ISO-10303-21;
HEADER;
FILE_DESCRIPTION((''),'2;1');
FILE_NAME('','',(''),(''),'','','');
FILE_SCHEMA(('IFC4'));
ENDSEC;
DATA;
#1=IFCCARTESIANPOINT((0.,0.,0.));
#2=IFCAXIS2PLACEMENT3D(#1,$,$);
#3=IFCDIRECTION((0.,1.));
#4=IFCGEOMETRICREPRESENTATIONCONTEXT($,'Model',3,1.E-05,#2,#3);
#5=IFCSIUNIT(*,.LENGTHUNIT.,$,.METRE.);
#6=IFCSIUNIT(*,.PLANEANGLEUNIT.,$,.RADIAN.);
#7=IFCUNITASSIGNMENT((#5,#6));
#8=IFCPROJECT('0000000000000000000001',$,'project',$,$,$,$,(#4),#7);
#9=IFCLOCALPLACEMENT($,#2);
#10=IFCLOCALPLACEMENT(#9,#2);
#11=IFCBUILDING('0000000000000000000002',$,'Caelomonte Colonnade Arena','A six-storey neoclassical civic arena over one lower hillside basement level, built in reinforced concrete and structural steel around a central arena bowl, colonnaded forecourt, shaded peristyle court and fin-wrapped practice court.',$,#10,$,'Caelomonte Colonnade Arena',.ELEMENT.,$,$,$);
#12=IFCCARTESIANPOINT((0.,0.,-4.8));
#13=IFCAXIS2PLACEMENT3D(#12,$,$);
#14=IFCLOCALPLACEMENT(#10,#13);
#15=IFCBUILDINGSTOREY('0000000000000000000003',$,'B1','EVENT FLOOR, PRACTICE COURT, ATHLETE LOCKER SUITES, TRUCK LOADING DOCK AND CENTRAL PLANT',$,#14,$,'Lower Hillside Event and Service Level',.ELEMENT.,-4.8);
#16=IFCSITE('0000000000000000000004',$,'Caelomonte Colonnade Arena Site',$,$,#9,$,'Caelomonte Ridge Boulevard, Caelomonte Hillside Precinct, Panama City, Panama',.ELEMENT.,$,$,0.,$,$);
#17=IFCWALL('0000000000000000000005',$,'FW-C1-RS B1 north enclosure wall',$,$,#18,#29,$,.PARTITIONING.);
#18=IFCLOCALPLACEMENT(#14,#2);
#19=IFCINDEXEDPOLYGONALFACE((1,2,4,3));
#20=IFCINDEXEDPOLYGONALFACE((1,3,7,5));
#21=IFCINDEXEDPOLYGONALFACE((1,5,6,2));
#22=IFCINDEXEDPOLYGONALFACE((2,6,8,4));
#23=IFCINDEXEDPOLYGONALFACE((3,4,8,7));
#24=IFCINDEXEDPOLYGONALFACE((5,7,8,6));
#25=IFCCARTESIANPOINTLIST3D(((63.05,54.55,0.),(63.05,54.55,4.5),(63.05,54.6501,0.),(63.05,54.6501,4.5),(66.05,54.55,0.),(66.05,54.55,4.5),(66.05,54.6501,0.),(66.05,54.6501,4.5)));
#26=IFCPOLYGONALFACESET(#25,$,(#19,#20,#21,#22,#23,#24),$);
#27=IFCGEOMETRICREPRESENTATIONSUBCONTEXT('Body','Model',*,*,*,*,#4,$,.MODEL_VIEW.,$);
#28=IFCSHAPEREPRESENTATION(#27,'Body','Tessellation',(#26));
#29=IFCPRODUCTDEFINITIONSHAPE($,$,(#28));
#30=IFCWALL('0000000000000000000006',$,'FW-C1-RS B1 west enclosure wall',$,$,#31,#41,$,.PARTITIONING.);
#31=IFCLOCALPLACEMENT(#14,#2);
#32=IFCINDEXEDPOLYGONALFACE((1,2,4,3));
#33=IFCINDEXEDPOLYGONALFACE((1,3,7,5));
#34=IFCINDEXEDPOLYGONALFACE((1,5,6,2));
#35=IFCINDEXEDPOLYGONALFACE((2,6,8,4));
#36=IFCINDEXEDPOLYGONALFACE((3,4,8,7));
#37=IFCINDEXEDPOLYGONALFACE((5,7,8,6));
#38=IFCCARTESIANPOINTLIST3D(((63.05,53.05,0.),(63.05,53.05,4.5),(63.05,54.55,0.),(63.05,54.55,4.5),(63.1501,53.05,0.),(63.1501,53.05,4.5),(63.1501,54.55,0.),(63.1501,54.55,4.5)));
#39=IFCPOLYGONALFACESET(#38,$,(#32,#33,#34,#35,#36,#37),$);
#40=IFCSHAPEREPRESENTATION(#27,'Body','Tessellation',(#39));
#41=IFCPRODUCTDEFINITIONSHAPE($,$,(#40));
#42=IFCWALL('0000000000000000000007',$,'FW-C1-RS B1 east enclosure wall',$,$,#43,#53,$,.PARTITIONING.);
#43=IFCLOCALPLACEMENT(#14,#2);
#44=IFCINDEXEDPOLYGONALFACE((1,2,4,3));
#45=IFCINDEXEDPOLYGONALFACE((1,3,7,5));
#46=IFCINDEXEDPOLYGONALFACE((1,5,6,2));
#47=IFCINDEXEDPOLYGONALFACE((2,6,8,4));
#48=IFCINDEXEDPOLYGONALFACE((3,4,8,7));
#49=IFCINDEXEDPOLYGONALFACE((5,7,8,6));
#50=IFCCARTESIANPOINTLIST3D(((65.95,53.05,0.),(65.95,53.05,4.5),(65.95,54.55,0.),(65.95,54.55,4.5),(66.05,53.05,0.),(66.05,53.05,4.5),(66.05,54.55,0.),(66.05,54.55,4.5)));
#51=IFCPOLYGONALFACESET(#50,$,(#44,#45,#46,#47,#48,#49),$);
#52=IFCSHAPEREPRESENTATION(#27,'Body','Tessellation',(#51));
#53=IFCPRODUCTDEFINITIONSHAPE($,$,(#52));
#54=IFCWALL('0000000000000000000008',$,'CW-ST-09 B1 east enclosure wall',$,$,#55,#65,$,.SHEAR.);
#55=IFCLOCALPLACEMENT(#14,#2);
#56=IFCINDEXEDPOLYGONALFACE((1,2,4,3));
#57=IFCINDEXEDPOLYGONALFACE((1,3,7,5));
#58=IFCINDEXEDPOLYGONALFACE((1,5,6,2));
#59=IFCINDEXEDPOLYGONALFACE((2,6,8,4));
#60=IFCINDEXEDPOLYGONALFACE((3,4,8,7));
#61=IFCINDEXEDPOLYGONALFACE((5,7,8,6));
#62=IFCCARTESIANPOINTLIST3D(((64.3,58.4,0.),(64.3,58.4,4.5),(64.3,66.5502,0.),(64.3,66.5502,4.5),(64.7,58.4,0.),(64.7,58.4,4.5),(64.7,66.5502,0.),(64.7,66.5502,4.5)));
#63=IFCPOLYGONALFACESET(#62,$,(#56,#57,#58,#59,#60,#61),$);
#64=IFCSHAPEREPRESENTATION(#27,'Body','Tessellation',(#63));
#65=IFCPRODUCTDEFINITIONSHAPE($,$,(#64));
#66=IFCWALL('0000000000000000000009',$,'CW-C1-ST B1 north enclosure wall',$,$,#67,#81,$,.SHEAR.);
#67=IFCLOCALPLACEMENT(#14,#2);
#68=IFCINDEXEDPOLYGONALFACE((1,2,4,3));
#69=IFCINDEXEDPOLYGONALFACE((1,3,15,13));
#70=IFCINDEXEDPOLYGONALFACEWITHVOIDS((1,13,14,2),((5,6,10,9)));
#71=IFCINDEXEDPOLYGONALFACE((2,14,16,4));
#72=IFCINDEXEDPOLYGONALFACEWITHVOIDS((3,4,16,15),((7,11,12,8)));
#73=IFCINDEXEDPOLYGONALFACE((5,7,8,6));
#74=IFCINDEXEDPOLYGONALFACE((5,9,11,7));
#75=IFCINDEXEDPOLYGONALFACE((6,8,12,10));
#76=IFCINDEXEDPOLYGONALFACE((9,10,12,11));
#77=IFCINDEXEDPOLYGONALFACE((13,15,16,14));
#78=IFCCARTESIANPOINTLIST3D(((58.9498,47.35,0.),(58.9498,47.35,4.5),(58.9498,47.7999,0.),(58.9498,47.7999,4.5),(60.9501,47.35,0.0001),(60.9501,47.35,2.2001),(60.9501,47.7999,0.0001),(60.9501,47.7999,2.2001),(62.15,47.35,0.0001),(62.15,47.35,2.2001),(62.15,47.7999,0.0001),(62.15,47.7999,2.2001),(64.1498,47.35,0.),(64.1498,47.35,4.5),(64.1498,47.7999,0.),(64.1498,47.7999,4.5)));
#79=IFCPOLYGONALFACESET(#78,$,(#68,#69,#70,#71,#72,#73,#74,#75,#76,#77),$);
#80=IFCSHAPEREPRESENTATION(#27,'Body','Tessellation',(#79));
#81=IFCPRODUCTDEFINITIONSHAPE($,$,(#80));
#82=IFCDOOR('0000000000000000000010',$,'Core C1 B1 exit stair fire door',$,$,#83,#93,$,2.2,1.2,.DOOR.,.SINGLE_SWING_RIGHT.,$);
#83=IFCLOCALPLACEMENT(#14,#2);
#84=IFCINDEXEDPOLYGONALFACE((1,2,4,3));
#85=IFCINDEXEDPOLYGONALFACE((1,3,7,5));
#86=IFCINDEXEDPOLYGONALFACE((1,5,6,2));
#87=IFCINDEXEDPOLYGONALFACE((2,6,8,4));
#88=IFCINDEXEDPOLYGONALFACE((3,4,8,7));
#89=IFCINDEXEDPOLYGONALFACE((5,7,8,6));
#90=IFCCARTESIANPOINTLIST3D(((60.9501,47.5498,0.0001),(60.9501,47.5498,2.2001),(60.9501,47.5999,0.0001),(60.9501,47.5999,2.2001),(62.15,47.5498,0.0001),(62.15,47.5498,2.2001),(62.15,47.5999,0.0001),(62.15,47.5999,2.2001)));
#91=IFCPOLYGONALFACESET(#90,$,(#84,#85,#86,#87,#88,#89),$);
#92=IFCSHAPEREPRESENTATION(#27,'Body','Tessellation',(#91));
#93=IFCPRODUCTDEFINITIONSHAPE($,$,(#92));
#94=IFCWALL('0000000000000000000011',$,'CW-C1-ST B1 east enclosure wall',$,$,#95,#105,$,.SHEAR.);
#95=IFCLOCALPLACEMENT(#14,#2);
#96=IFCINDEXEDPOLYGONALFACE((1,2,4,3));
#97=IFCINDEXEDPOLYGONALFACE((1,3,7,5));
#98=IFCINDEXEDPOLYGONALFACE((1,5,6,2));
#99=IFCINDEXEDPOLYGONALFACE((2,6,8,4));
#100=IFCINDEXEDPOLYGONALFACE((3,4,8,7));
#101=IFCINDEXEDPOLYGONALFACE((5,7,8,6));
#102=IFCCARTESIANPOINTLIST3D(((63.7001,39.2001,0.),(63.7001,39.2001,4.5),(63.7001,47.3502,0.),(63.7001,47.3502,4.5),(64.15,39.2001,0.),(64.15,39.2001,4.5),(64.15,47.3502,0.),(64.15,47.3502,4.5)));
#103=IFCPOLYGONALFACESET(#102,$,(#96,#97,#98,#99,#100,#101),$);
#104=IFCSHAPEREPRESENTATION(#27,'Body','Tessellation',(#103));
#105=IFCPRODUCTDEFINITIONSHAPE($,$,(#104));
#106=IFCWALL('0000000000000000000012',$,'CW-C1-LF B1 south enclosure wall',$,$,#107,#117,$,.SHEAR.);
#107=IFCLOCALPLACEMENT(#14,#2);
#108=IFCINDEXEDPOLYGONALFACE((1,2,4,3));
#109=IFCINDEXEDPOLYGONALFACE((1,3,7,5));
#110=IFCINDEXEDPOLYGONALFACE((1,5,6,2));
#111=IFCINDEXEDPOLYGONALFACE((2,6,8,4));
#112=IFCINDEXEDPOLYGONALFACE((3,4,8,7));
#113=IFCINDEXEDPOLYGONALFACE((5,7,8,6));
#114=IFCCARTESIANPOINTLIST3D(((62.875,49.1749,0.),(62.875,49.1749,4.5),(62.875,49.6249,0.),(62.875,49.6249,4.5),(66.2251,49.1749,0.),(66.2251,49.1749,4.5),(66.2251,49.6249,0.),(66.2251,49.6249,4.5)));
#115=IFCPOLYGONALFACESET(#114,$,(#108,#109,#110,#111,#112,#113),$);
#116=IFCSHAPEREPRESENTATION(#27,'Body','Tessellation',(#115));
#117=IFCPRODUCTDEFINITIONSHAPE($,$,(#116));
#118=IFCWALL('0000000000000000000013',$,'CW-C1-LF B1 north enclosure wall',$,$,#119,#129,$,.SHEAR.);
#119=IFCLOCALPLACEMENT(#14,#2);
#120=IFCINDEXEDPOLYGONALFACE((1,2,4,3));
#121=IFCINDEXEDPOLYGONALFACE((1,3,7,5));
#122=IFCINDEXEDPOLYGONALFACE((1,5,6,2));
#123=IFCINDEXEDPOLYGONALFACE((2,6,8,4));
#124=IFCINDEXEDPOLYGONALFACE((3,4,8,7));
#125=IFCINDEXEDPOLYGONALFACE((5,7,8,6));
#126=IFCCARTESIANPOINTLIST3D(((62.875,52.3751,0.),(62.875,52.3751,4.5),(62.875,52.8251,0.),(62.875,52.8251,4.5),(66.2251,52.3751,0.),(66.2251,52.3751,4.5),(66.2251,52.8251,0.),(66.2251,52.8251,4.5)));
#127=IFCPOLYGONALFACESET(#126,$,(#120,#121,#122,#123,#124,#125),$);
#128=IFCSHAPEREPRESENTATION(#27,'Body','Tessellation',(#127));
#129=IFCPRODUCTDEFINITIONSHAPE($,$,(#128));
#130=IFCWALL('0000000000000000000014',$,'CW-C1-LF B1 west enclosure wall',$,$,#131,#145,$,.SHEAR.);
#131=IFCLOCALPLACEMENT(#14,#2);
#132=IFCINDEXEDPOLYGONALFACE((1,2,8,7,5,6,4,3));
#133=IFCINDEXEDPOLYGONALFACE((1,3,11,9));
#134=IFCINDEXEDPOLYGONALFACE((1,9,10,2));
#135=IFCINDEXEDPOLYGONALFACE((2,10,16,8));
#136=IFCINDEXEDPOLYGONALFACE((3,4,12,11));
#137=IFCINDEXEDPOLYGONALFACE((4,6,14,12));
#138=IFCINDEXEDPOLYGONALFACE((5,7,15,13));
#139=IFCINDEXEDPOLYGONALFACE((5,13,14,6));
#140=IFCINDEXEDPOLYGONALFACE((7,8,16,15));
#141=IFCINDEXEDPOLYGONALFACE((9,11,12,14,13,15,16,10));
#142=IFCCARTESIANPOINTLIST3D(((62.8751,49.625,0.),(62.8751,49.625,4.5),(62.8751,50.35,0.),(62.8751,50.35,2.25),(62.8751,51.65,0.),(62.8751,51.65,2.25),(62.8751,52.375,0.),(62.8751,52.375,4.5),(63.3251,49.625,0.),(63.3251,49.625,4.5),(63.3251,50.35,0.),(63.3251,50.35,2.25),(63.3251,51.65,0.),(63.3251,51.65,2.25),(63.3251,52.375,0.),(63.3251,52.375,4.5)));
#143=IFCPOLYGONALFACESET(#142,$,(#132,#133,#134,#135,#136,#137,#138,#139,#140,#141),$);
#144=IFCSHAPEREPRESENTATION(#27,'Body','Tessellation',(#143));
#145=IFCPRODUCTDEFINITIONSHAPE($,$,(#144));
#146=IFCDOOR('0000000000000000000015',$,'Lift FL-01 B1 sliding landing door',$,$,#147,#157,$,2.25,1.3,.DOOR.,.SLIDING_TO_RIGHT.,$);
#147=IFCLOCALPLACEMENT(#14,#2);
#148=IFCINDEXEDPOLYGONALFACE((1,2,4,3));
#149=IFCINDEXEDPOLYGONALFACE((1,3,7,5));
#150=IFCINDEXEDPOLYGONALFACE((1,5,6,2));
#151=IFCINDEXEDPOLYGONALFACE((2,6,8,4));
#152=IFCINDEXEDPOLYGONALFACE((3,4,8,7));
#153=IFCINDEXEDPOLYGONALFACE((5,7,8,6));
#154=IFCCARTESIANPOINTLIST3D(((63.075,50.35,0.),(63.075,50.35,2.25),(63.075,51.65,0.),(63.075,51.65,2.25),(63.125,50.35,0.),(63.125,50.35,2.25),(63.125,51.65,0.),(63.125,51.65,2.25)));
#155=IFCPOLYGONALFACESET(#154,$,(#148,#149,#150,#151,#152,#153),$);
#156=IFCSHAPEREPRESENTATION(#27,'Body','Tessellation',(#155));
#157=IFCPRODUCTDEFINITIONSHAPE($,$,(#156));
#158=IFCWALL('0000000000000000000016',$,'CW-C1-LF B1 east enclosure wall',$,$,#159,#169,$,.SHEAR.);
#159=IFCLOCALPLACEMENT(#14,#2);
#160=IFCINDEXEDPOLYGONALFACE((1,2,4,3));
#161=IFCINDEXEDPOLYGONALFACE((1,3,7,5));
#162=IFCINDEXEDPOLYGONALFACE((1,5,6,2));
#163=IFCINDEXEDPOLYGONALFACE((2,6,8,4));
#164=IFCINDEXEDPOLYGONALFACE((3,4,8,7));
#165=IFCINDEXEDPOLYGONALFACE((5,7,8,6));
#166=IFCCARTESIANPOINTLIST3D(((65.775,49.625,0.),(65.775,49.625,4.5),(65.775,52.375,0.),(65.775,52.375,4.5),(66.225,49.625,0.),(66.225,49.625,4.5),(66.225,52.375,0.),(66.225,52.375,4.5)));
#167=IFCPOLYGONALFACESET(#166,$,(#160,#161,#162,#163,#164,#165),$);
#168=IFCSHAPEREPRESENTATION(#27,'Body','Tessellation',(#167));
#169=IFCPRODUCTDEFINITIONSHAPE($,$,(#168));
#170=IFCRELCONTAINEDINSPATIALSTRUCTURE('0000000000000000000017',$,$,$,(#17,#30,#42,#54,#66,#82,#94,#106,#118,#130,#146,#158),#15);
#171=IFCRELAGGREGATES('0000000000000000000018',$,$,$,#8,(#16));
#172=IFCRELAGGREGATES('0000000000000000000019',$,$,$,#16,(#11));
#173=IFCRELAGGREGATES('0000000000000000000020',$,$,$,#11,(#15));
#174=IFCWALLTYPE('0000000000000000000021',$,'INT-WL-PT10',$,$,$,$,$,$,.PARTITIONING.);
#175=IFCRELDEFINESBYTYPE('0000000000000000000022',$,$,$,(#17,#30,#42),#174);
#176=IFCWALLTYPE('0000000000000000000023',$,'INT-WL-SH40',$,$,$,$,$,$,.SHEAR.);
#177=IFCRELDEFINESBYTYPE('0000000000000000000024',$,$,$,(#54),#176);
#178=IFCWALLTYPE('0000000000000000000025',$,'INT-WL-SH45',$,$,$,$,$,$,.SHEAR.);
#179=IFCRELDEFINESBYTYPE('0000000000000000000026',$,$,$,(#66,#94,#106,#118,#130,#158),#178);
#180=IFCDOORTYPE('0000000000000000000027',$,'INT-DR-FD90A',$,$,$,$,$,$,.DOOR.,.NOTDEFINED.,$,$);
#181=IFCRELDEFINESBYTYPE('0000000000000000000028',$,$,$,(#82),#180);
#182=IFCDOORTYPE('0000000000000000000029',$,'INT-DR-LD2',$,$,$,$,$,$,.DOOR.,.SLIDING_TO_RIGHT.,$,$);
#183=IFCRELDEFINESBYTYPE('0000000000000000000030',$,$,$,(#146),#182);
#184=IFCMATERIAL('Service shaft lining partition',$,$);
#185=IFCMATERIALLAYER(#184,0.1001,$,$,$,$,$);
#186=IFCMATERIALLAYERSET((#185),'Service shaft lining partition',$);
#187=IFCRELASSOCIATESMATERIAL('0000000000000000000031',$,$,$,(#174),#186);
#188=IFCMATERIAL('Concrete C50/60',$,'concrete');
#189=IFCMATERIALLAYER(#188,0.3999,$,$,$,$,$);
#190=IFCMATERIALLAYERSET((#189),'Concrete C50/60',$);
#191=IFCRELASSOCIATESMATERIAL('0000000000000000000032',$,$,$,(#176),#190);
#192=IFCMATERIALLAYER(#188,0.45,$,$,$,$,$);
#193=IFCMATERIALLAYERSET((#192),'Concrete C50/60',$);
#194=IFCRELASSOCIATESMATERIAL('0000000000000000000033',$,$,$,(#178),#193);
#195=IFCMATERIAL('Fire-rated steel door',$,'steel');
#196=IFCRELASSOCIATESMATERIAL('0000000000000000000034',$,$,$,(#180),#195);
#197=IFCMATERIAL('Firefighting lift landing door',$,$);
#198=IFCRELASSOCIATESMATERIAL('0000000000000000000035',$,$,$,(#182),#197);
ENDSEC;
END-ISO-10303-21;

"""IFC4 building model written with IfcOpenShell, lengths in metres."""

from ifc_helpers import new_model, si_unit, direction, frame, frame_2d, origin, place, context, subcontext, project, spatial, rectangle, extrude, material, layer, layer_set, type_object, element, fill, save


model = new_model("IFC4")

# Units and contexts
model_context = context("Model", 3, precision=1e-05, world=origin(), true_north=direction((0.0, 1.0)))
body_context = subcontext(model_context, "Body", "Model", "MODEL_VIEW")
ifc_project = project(units=[si_unit("LENGTHUNIT", "METRE"), si_unit("PLANEANGLEUNIT", "RADIAN")], contexts=[model_context])

# Site, building, storey
site_placement = place(None, origin())
site = spatial("IfcSite", under=ifc_project, at=site_placement, Name="Caelomonte Colonnade Arena Site", LongName="Caelomonte Ridge Boulevard, Caelomonte Hillside Precinct, Panama City, Panama", CompositionType="ELEMENT", RefElevation=0.0)
building_placement = place(site_placement, origin())
building = spatial("IfcBuilding", under=site, at=building_placement, Name="Caelomonte Colonnade Arena", Description="A six-storey neoclassical civic arena over one lower hillside basement level, built in reinforced concrete and structural steel around a central arena bowl, colonnaded forecourt, shaded peristyle court and fin-wrapped practice court.", LongName="Caelomonte Colonnade Arena", CompositionType="ELEMENT")
storey_placement = place(building_placement, frame((0.0, 0.0, -4.8)))
storey = spatial("IfcBuildingStorey", under=building, at=storey_placement, Name="B1", Description="EVENT FLOOR, PRACTICE COURT, ATHLETE LOCKER SUITES, TRUCK LOADING DOCK AND CENTRAL PLANT", LongName="Lower Hillside Event and Service Level", CompositionType="ELEMENT", Elevation=-4.8)

# Shared definitions
ifc_material_1 = material(Name="Concrete C50/60", Category="concrete")

# Walls
ifc_material_2 = material(Name="Service shaft lining partition")
ifc_layer_1 = layer(ifc_material_2, 0.1001)
ifc_layer_set_1 = layer_set([ifc_layer_1], Name="Service shaft lining partition")
wall_type_1 = type_object("IfcWallType", Name="INT-WL-PT10", PredefinedType="PARTITIONING", material=ifc_layer_set_1)
wall_1_placement = place(storey_placement, frame((66.05, 54.6001, 0.0), z_axis=(0.0, 0.0, 1.0), x_axis=(-1.0, 0.0, 0.0)))
element("IfcWall", 1, at=wall_1_placement, inside=storey, type_object=wall_type_1, Name="FW-C1-RS B1 north enclosure wall", PredefinedType="PARTITIONING", context=body_context, shape_type="SweptSolid", body=[
    extrude(rectangle(XDim=3.0, YDim=0.1001, at=frame_2d((1.5, 0.0))), origin(), (0.0, 0.0, 1.0), 4.5),
])
for number, where, z_axis, x_axis, name in (
    (2, (63.1001, 54.55, 0.0), (0.0, 0.0, 1.0), (0.0, -1.0, 0.0), "FW-C1-RS B1 west enclosure wall"),
    (3, (66.0, 53.05, 0.0), (0.0, 0.0, 1.0), (0.0, 1.0, 0.0), "FW-C1-RS B1 east enclosure wall"),
):
    element("IfcWall", number, at=place(storey_placement, frame(where, z_axis=z_axis, x_axis=x_axis)), inside=storey, type_object=wall_type_1, Name=name, PredefinedType="PARTITIONING", context=body_context, shape_type="SweptSolid", body=[
        extrude(rectangle(XDim=1.5, YDim=0.1001, at=frame_2d((0.75, 0.0))), origin(), (0.0, 0.0, 1.0), 4.5),
    ])
ifc_layer_2 = layer(ifc_material_1, 0.3999)
ifc_layer_set_2 = layer_set([ifc_layer_2], Name="Concrete C50/60")
wall_type_2 = type_object("IfcWallType", Name="INT-WL-SH40", PredefinedType="SHEAR", material=ifc_layer_set_2)
wall_2_placement = place(storey_placement, frame((64.5, 58.3999, 0.0), z_axis=(0.0, 0.0, 1.0), x_axis=(0.0, 1.0, 0.0)))
element("IfcWall", 4, at=wall_2_placement, inside=storey, type_object=wall_type_2, Name="CW-ST-09 B1 east enclosure wall", PredefinedType="SHEAR", context=body_context, shape_type="SweptSolid", body=[
    extrude(rectangle(XDim=8.1501, YDim=0.3999, at=frame_2d((4.0752, 0.0))), origin(), (0.0, 0.0, 1.0), 4.5),
])

# Wall, opening, door
ifc_layer_3 = layer(ifc_material_1, 0.45)
ifc_layer_set_3 = layer_set([ifc_layer_3], Name="Concrete C50/60")
wall_type_3 = type_object("IfcWallType", Name="INT-WL-SH45", PredefinedType="SHEAR", material=ifc_layer_set_3)
wall_3_placement = place(storey_placement, frame((64.1499, 47.575, 0.0), z_axis=(0.0, 0.0, 1.0), x_axis=(-1.0, 0.0, 0.0)))
wall_3 = element("IfcWall", 5, at=wall_3_placement, inside=storey, type_object=wall_type_3, Name="CW-C1-ST B1 north enclosure wall", PredefinedType="SHEAR", context=body_context, shape_type="SweptSolid", body=[
    extrude(rectangle(XDim=5.2, YDim=0.45, at=frame_2d((2.6001, 0.0))), origin(), (0.0, 0.0, 1.0), 4.5),
])
opening_1_placement = place(wall_3_placement, frame((3.2, 0.0, 0.0), z_axis=(0.0, 0.0, 1.0), x_axis=(-1.0, 0.0, 0.0)))
opening_1 = element("IfcOpeningElement", 6, at=opening_1_placement, cuts=wall_3, PredefinedType="OPENING", context=body_context, shape_type="SweptSolid", body=[
    extrude(rectangle(XDim=1.2, YDim=2.2, at=frame_2d((0.6001, 1.1001))), frame((0.0, 0.2349, 0.0), z_axis=(0.0, -1.0, 0.0), x_axis=(1.0, 0.0, 0.0)), (0.0, 0.0, 1.0), 0.47),
])
ifc_material_3 = material(Name="Fire-rated steel door", Category="steel")
door_type_1 = type_object("IfcDoorType", Name="INT-DR-FD90A", OperationType="NOTDEFINED", PredefinedType="DOOR", material=ifc_material_3)
door_1_placement = place(opening_1_placement, origin())
door_1 = element("IfcDoor", 7, at=door_1_placement, inside=storey, type_object=door_type_1, Name="Core C1 B1 exit stair fire door", OperationType="SINGLE_SWING_RIGHT", OverallHeight=2.2, OverallWidth=1.2, PredefinedType="DOOR", context=body_context, shape_type="SweptSolid", body=[
    extrude(rectangle(XDim=1.2, YDim=2.2, at=frame_2d((0.6001, 1.1001))), frame((0.0, 0.0249, 0.0), z_axis=(0.0, -1.0, 0.0), x_axis=(1.0, 0.0, 0.0)), (0.0, 0.0, 1.0), 0.05),
])
fill(opening_1, door_1)

# Walls
wall_4_placement = place(storey_placement, frame((63.925, 39.2, 0.0), z_axis=(0.0, 0.0, 1.0), x_axis=(0.0, 1.0, 0.0)))
element("IfcWall", 8, at=wall_4_placement, inside=storey, type_object=wall_type_3, Name="CW-C1-ST B1 east enclosure wall", PredefinedType="SHEAR", context=body_context, shape_type="SweptSolid", body=[
    extrude(rectangle(XDim=8.1501, YDim=0.45, at=frame_2d((4.0752, 0.0))), origin(), (0.0, 0.0, 1.0), 4.5),
])
for number, where, z_axis, x_axis, name in (
    (9, (62.875, 49.3999, 0.0), (0.0, 0.0, 1.0), (1.0, 0.0, 0.0), "CW-C1-LF B1 south enclosure wall"),
    (10, (66.2251, 52.6001, 0.0), (0.0, 0.0, 1.0), (-1.0, 0.0, 0.0), "CW-C1-LF B1 north enclosure wall"),
):
    element("IfcWall", number, at=place(storey_placement, frame(where, z_axis=z_axis, x_axis=x_axis)), inside=storey, type_object=wall_type_3, Name=name, PredefinedType="SHEAR", context=body_context, shape_type="SweptSolid", body=[
        extrude(rectangle(XDim=3.3501, YDim=0.45, at=frame_2d((1.675, 0.0))), origin(), (0.0, 0.0, 1.0), 4.5),
    ])

# Wall, opening, door
wall_5_placement = place(storey_placement, frame((63.1001, 52.375, 0.0), z_axis=(0.0, 0.0, 1.0), x_axis=(0.0, -1.0, 0.0)))
wall_5 = element("IfcWall", 11, at=wall_5_placement, inside=storey, type_object=wall_type_3, Name="CW-C1-LF B1 west enclosure wall", PredefinedType="SHEAR", context=body_context, shape_type="SweptSolid", body=[
    extrude(rectangle(XDim=2.75, YDim=0.45, at=frame_2d((1.375, 0.0))), origin(), (0.0, 0.0, 1.0), 4.5),
])
opening_2_placement = place(wall_5_placement, frame((0.7251, 0.0, 0.0), z_axis=(0.0, 0.0, 1.0), x_axis=(1.0, 0.0, 0.0)))
opening_2 = element("IfcOpeningElement", 12, at=opening_2_placement, cuts=wall_5, PredefinedType="OPENING", context=body_context, shape_type="SweptSolid", body=[
    extrude(rectangle(XDim=1.3, YDim=2.25, at=frame_2d((0.6499, 1.125))), frame((0.0, 0.2349, 0.0), z_axis=(0.0, -1.0, 0.0), x_axis=(1.0, 0.0, 0.0)), (0.0, 0.0, 1.0), 0.47),
])
ifc_material_4 = material(Name="Firefighting lift landing door")
door_type_2 = type_object("IfcDoorType", Name="INT-DR-LD2", OperationType="SLIDING_TO_RIGHT", PredefinedType="DOOR", material=ifc_material_4)
door_2_placement = place(opening_2_placement, origin())
door_2 = element("IfcDoor", 13, at=door_2_placement, inside=storey, type_object=door_type_2, Name="Lift FL-01 B1 sliding landing door", OperationType="SLIDING_TO_RIGHT", OverallHeight=2.25, OverallWidth=1.3, PredefinedType="DOOR", context=body_context, shape_type="SweptSolid", body=[
    extrude(rectangle(XDim=1.3, YDim=2.25, at=frame_2d((0.6499, 1.125))), frame((0.0, 0.0249, 0.0), z_axis=(0.0, -1.0, 0.0), x_axis=(1.0, 0.0, 0.0)), (0.0, 0.0, 1.0), 0.05),
])
fill(opening_2, door_2)

# Wall
wall_6_placement = place(storey_placement, frame((66.0, 49.625, 0.0), z_axis=(0.0, 0.0, 1.0), x_axis=(0.0, 1.0, 0.0)))
element("IfcWall", 14, at=wall_6_placement, inside=storey, type_object=wall_type_3, Name="CW-C1-LF B1 east enclosure wall", PredefinedType="SHEAR", context=body_context, shape_type="SweptSolid", body=[
    extrude(rectangle(XDim=2.75, YDim=0.45, at=frame_2d((1.375, 0.0))), origin(), (0.0, 0.0, 1.0), 4.5),
])

save(model, "model.ifc")
